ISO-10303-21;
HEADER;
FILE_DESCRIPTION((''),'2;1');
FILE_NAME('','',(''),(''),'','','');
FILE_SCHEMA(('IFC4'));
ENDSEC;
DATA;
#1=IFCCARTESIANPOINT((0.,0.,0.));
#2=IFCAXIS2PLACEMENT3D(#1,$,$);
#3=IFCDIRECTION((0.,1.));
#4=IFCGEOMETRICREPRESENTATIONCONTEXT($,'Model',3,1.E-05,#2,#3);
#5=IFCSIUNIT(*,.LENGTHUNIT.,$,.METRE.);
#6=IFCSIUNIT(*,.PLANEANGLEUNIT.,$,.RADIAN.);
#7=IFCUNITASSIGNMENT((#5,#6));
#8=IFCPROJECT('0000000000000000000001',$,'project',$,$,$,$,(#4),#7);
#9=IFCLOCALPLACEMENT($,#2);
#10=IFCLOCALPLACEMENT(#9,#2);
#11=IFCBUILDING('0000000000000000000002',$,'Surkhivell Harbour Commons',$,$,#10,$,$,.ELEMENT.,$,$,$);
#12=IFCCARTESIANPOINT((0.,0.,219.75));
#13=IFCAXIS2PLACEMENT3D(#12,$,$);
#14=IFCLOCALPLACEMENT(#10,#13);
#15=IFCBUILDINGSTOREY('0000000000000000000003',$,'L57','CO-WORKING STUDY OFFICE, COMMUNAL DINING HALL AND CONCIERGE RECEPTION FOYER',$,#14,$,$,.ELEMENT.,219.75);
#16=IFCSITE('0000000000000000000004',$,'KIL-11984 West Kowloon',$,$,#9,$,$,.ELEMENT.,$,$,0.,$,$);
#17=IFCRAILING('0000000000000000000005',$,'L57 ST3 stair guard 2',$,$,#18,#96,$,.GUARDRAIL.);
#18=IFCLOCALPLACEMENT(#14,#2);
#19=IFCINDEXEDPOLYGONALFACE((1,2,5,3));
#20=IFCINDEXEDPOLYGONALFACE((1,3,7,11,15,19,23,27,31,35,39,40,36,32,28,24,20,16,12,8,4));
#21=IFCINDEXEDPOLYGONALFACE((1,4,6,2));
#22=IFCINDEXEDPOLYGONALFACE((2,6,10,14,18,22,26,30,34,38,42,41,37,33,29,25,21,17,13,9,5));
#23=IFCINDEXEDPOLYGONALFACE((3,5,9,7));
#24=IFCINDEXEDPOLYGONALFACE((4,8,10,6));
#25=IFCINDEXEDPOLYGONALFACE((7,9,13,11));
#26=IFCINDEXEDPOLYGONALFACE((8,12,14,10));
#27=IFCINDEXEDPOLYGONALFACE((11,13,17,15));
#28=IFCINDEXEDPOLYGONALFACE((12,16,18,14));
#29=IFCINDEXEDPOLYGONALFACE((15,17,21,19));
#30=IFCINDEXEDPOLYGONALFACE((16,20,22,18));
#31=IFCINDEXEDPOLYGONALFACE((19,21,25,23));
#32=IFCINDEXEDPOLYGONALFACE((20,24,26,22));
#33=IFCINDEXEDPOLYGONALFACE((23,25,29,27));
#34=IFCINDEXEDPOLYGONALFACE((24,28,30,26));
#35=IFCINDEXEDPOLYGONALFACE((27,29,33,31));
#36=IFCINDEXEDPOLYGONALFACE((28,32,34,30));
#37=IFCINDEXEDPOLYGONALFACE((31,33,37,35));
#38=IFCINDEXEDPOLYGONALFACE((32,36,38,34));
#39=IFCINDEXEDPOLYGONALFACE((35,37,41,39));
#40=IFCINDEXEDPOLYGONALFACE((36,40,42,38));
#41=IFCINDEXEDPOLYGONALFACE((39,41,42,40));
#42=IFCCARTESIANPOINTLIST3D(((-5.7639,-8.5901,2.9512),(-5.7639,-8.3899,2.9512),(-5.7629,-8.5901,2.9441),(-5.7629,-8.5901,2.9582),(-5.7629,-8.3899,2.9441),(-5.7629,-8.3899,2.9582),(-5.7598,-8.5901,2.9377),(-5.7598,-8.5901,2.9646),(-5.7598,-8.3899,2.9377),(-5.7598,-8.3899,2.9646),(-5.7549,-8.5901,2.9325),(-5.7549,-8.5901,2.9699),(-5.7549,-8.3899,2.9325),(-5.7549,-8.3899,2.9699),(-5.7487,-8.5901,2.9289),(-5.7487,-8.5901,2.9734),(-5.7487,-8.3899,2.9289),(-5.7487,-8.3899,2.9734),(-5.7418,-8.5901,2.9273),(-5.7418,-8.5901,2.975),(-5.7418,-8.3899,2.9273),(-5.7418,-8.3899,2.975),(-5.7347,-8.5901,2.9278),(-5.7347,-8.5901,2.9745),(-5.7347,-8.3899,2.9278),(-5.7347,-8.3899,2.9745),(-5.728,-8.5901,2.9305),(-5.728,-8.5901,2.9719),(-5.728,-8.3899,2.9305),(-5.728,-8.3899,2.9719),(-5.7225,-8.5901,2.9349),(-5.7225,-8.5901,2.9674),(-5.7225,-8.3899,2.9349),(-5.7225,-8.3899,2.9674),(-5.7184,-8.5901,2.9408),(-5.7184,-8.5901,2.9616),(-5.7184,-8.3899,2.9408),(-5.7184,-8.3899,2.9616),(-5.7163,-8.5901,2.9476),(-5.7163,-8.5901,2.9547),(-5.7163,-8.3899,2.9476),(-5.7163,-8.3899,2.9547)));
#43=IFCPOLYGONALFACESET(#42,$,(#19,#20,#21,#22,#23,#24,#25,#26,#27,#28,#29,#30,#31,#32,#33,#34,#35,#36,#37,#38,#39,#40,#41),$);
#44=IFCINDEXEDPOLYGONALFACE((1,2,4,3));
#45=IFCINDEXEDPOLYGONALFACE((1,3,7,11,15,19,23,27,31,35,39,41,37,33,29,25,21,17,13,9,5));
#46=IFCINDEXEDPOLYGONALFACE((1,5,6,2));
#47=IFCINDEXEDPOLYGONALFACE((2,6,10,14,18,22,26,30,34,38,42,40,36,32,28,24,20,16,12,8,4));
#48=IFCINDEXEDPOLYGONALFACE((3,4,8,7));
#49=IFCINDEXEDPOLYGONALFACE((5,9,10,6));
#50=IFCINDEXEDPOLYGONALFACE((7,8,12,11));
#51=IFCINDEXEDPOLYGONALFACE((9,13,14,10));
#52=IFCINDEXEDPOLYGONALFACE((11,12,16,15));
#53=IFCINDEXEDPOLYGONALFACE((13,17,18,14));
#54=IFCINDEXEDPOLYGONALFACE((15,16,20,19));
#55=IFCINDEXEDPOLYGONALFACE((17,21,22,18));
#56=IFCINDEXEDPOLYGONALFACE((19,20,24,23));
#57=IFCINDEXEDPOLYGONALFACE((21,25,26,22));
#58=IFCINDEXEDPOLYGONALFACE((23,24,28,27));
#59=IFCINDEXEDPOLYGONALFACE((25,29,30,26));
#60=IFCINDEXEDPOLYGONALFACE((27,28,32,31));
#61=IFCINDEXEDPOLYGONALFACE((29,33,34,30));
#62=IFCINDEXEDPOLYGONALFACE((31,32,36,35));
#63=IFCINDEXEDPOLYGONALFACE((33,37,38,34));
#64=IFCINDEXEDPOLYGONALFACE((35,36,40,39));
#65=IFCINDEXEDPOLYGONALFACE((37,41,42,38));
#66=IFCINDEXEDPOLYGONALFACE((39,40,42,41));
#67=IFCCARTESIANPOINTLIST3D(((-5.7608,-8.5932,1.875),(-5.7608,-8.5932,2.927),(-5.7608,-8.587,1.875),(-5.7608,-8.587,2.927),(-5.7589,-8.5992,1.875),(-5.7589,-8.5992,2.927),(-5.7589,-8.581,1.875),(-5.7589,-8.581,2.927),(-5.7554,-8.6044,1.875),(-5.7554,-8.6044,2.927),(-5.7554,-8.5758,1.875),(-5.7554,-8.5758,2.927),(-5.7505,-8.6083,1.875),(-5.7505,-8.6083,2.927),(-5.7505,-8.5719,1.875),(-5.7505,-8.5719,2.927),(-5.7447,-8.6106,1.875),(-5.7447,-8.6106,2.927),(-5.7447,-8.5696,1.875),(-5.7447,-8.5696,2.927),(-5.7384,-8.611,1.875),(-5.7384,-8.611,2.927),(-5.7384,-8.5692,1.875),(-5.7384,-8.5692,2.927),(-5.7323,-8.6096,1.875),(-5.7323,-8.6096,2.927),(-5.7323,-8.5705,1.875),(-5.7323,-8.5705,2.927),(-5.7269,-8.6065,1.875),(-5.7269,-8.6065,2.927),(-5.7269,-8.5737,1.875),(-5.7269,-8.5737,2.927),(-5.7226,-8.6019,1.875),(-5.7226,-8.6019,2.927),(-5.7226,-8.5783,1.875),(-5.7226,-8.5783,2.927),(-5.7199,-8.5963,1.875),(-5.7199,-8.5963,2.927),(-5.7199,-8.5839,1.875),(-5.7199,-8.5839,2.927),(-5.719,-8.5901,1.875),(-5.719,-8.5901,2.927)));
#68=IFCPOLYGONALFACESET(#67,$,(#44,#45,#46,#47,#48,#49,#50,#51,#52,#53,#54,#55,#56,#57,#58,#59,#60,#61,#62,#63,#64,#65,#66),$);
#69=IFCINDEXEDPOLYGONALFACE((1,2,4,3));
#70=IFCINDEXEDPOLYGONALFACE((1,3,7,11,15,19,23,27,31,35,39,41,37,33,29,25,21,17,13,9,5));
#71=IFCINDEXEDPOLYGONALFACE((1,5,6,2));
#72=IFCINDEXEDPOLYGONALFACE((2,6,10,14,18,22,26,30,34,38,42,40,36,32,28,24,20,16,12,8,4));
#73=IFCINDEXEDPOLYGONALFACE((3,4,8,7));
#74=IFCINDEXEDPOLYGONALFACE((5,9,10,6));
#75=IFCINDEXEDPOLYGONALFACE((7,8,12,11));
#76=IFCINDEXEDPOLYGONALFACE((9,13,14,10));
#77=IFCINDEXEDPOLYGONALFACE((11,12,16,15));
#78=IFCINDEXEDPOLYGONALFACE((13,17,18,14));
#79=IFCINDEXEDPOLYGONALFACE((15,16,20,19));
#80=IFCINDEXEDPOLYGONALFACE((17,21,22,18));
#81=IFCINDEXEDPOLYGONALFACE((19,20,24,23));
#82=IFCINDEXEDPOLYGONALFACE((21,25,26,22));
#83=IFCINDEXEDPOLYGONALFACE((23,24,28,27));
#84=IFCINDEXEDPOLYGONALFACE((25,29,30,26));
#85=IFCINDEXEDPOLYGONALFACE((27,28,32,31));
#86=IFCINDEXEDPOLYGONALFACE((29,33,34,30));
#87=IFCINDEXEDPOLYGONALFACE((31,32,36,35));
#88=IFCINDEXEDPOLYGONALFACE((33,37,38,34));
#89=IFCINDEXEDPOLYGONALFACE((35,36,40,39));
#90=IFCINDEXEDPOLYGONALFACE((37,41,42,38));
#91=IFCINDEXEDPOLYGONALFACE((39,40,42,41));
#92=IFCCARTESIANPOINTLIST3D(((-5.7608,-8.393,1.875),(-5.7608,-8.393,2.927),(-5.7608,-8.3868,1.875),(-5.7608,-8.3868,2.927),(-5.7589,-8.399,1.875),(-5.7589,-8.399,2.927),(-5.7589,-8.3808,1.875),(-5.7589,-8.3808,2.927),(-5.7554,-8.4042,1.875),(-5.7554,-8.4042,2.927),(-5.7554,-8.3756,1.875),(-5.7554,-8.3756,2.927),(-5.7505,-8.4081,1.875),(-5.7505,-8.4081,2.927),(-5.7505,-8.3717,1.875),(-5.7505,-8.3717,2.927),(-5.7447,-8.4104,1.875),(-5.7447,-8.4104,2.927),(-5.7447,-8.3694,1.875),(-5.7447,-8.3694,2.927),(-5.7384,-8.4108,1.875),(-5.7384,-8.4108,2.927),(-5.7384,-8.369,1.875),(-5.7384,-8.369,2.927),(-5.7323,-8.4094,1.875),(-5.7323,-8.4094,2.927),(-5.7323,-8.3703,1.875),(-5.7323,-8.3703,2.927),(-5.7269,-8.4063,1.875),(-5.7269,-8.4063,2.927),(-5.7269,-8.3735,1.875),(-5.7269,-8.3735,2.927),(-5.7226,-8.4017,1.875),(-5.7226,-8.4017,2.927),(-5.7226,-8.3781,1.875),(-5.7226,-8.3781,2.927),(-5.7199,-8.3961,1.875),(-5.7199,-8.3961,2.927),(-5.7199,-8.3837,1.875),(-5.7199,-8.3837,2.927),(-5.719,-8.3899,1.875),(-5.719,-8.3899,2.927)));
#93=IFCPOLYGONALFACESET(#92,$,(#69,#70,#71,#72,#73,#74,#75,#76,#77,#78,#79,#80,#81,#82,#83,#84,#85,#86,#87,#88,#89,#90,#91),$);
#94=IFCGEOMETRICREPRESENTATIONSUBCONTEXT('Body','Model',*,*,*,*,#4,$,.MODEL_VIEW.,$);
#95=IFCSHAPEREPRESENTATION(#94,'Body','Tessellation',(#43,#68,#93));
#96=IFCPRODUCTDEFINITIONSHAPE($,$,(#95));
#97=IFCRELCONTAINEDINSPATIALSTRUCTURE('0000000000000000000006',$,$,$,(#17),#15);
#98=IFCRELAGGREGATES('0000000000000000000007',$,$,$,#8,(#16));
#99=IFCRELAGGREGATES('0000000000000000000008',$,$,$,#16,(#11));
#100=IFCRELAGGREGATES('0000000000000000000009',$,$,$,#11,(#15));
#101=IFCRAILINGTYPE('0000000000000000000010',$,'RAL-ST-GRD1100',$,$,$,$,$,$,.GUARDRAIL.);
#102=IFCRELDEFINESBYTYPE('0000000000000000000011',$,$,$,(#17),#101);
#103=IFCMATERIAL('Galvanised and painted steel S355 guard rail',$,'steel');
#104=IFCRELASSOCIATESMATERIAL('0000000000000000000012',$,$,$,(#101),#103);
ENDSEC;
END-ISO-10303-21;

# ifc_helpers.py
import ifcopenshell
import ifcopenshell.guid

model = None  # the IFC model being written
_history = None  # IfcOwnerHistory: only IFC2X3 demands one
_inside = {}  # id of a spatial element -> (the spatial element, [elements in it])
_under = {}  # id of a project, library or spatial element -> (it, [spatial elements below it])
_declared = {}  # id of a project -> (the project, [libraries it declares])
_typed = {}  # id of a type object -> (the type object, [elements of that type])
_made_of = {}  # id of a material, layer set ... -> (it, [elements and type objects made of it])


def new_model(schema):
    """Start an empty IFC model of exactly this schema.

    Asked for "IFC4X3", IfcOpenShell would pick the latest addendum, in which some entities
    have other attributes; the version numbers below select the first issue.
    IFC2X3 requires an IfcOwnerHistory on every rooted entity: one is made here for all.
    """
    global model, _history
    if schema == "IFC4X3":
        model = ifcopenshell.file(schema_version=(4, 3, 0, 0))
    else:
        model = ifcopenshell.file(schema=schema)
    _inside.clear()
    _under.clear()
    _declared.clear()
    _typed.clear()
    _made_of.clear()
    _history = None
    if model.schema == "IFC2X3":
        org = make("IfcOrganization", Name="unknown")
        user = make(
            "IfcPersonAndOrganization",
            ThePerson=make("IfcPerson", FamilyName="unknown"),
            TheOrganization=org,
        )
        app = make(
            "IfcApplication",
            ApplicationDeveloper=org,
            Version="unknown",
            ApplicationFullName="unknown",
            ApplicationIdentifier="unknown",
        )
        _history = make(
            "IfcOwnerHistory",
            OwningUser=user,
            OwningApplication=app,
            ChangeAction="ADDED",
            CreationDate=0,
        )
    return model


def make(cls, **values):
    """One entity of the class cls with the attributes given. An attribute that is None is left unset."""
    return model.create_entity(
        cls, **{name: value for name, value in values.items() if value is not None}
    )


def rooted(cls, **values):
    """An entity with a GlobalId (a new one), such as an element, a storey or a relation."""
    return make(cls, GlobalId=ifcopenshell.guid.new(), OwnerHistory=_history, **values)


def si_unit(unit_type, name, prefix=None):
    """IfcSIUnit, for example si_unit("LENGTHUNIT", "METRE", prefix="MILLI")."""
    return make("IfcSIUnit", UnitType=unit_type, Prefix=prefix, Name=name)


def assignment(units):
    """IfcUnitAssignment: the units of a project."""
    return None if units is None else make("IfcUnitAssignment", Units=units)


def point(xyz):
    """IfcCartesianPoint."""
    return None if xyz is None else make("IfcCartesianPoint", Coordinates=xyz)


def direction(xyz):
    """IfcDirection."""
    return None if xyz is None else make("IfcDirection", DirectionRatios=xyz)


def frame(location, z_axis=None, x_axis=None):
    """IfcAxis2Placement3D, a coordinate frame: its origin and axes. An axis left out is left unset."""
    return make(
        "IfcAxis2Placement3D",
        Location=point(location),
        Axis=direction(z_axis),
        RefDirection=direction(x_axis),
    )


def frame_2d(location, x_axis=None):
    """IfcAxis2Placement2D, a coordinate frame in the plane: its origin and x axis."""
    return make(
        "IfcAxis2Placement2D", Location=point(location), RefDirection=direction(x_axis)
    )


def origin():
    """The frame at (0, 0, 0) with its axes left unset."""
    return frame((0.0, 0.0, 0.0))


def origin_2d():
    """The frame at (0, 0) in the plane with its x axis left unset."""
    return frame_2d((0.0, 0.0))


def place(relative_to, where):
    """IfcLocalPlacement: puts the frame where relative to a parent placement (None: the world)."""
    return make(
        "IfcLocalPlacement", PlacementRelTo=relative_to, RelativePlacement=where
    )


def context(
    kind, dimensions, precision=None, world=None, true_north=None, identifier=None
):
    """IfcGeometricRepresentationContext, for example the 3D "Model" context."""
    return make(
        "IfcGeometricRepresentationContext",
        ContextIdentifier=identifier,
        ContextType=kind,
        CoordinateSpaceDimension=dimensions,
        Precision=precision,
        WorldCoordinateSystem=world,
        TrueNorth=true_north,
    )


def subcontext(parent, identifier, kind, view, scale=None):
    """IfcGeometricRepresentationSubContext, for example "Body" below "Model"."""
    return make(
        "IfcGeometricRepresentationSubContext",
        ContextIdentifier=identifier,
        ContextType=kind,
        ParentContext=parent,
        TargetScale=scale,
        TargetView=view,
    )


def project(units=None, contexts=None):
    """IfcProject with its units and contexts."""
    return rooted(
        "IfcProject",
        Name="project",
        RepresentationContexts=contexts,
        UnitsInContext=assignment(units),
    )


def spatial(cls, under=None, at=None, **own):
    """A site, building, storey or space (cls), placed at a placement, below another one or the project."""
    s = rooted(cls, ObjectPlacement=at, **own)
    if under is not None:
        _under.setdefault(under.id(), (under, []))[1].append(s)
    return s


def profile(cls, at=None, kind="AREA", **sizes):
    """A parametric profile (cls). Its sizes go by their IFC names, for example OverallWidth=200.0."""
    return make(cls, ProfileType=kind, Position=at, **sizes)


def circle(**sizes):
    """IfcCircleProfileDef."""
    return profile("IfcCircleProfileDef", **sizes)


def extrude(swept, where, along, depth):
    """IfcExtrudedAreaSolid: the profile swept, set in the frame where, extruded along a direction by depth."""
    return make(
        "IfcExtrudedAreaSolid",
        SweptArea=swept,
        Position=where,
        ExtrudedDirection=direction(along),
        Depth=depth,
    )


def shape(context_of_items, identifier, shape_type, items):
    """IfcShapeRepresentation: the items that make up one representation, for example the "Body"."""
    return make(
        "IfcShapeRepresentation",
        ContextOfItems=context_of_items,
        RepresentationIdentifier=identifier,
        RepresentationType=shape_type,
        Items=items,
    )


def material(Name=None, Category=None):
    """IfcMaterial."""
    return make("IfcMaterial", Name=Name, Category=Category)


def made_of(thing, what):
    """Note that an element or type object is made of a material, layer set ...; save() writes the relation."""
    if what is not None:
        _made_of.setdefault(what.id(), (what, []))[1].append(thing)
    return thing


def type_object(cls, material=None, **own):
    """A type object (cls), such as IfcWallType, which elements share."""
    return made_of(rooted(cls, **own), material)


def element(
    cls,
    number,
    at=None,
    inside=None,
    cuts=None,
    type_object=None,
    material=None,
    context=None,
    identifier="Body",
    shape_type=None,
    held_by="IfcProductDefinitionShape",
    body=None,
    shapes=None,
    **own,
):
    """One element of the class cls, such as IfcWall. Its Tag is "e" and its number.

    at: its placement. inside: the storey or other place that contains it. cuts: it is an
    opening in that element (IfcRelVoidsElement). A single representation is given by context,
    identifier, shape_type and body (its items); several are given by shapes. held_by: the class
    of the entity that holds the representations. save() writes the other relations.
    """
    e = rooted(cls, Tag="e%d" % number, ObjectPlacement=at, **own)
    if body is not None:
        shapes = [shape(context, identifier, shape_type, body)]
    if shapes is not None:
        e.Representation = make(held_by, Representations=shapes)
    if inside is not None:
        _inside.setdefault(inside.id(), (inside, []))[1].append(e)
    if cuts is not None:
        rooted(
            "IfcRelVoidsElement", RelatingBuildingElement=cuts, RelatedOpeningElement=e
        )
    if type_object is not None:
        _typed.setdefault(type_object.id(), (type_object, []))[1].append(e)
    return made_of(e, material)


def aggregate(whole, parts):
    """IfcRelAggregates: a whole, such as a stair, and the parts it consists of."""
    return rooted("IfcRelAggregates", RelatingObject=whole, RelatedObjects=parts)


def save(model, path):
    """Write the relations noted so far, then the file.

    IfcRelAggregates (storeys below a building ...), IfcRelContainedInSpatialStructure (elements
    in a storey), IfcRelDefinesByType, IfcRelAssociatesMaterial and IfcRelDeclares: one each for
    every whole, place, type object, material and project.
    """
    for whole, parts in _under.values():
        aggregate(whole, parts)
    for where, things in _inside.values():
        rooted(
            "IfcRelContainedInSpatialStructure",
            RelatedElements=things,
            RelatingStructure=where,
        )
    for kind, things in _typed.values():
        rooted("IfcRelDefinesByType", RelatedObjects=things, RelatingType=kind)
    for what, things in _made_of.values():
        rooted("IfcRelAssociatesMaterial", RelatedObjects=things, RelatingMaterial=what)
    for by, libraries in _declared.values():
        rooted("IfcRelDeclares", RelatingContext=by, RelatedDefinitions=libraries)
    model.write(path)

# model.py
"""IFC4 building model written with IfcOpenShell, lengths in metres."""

from ifc_helpers import new_model, si_unit, direction, frame, origin, origin_2d, place, context, subcontext, project, spatial, circle, extrude, material, type_object, element, save


model = new_model("IFC4")

# Units and contexts
model_context = context("Model", 3, precision=1e-05, world=origin(), true_north=direction((0.0, 1.0)))
body_context = subcontext(model_context, "Body", "Model", "MODEL_VIEW")
ifc_project = project(units=[si_unit("LENGTHUNIT", "METRE"), si_unit("PLANEANGLEUNIT", "RADIAN")], contexts=[model_context])

# Site, building, storey
site_placement = place(None, origin())
site = spatial("IfcSite", under=ifc_project, at=site_placement, Name="KIL-11984 West Kowloon", CompositionType="ELEMENT", RefElevation=0.0)
building_placement = place(site_placement, origin())
building = spatial("IfcBuilding", under=site, at=building_placement, Name="Surkhivell Harbour Commons", CompositionType="ELEMENT")
storey_placement = place(building_placement, frame((0.0, 0.0, 219.75)))
storey = spatial("IfcBuildingStorey", under=building, at=storey_placement, Name="L57", Description="CO-WORKING STUDY OFFICE, COMMUNAL DINING HALL AND CONCIERGE RECEPTION FOYER", CompositionType="ELEMENT", Elevation=219.75)

# Railing
ifc_material_1 = material(Name="Galvanised and painted steel S355 guard rail", Category="steel")
railing_type_1 = type_object("IfcRailingType", Name="RAL-ST-GRD1100", PredefinedType="GUARDRAIL", material=ifc_material_1)
railing_1_placement = place(storey_placement, frame((-5.74, -8.5901, 1.875)))
element("IfcRailing", 1, at=railing_1_placement, inside=storey, type_object=railing_type_1, Name="L57 ST3 stair guard 2", PredefinedType="GUARDRAIL", context=body_context, shape_type="SweptSolid", body=[
    extrude(circle(Radius=0.0239, at=origin_2d()), frame((0.0, 0.0, 1.0762), z_axis=(0.0, 1.0, 0.0), x_axis=(-1.0, 0.0, 0.0)), (0.0, 0.0, 1.0), 0.2002),
    extrude(circle(Radius=0.021, at=origin_2d()), origin(), (0.0, 0.0, 1.0), 1.052),
    extrude(circle(Radius=0.021, at=origin_2d()), frame((0.0, 0.2002, 0.0)), (0.0, 0.0, 1.0), 1.052),
])

save(model, "model.ifc")
